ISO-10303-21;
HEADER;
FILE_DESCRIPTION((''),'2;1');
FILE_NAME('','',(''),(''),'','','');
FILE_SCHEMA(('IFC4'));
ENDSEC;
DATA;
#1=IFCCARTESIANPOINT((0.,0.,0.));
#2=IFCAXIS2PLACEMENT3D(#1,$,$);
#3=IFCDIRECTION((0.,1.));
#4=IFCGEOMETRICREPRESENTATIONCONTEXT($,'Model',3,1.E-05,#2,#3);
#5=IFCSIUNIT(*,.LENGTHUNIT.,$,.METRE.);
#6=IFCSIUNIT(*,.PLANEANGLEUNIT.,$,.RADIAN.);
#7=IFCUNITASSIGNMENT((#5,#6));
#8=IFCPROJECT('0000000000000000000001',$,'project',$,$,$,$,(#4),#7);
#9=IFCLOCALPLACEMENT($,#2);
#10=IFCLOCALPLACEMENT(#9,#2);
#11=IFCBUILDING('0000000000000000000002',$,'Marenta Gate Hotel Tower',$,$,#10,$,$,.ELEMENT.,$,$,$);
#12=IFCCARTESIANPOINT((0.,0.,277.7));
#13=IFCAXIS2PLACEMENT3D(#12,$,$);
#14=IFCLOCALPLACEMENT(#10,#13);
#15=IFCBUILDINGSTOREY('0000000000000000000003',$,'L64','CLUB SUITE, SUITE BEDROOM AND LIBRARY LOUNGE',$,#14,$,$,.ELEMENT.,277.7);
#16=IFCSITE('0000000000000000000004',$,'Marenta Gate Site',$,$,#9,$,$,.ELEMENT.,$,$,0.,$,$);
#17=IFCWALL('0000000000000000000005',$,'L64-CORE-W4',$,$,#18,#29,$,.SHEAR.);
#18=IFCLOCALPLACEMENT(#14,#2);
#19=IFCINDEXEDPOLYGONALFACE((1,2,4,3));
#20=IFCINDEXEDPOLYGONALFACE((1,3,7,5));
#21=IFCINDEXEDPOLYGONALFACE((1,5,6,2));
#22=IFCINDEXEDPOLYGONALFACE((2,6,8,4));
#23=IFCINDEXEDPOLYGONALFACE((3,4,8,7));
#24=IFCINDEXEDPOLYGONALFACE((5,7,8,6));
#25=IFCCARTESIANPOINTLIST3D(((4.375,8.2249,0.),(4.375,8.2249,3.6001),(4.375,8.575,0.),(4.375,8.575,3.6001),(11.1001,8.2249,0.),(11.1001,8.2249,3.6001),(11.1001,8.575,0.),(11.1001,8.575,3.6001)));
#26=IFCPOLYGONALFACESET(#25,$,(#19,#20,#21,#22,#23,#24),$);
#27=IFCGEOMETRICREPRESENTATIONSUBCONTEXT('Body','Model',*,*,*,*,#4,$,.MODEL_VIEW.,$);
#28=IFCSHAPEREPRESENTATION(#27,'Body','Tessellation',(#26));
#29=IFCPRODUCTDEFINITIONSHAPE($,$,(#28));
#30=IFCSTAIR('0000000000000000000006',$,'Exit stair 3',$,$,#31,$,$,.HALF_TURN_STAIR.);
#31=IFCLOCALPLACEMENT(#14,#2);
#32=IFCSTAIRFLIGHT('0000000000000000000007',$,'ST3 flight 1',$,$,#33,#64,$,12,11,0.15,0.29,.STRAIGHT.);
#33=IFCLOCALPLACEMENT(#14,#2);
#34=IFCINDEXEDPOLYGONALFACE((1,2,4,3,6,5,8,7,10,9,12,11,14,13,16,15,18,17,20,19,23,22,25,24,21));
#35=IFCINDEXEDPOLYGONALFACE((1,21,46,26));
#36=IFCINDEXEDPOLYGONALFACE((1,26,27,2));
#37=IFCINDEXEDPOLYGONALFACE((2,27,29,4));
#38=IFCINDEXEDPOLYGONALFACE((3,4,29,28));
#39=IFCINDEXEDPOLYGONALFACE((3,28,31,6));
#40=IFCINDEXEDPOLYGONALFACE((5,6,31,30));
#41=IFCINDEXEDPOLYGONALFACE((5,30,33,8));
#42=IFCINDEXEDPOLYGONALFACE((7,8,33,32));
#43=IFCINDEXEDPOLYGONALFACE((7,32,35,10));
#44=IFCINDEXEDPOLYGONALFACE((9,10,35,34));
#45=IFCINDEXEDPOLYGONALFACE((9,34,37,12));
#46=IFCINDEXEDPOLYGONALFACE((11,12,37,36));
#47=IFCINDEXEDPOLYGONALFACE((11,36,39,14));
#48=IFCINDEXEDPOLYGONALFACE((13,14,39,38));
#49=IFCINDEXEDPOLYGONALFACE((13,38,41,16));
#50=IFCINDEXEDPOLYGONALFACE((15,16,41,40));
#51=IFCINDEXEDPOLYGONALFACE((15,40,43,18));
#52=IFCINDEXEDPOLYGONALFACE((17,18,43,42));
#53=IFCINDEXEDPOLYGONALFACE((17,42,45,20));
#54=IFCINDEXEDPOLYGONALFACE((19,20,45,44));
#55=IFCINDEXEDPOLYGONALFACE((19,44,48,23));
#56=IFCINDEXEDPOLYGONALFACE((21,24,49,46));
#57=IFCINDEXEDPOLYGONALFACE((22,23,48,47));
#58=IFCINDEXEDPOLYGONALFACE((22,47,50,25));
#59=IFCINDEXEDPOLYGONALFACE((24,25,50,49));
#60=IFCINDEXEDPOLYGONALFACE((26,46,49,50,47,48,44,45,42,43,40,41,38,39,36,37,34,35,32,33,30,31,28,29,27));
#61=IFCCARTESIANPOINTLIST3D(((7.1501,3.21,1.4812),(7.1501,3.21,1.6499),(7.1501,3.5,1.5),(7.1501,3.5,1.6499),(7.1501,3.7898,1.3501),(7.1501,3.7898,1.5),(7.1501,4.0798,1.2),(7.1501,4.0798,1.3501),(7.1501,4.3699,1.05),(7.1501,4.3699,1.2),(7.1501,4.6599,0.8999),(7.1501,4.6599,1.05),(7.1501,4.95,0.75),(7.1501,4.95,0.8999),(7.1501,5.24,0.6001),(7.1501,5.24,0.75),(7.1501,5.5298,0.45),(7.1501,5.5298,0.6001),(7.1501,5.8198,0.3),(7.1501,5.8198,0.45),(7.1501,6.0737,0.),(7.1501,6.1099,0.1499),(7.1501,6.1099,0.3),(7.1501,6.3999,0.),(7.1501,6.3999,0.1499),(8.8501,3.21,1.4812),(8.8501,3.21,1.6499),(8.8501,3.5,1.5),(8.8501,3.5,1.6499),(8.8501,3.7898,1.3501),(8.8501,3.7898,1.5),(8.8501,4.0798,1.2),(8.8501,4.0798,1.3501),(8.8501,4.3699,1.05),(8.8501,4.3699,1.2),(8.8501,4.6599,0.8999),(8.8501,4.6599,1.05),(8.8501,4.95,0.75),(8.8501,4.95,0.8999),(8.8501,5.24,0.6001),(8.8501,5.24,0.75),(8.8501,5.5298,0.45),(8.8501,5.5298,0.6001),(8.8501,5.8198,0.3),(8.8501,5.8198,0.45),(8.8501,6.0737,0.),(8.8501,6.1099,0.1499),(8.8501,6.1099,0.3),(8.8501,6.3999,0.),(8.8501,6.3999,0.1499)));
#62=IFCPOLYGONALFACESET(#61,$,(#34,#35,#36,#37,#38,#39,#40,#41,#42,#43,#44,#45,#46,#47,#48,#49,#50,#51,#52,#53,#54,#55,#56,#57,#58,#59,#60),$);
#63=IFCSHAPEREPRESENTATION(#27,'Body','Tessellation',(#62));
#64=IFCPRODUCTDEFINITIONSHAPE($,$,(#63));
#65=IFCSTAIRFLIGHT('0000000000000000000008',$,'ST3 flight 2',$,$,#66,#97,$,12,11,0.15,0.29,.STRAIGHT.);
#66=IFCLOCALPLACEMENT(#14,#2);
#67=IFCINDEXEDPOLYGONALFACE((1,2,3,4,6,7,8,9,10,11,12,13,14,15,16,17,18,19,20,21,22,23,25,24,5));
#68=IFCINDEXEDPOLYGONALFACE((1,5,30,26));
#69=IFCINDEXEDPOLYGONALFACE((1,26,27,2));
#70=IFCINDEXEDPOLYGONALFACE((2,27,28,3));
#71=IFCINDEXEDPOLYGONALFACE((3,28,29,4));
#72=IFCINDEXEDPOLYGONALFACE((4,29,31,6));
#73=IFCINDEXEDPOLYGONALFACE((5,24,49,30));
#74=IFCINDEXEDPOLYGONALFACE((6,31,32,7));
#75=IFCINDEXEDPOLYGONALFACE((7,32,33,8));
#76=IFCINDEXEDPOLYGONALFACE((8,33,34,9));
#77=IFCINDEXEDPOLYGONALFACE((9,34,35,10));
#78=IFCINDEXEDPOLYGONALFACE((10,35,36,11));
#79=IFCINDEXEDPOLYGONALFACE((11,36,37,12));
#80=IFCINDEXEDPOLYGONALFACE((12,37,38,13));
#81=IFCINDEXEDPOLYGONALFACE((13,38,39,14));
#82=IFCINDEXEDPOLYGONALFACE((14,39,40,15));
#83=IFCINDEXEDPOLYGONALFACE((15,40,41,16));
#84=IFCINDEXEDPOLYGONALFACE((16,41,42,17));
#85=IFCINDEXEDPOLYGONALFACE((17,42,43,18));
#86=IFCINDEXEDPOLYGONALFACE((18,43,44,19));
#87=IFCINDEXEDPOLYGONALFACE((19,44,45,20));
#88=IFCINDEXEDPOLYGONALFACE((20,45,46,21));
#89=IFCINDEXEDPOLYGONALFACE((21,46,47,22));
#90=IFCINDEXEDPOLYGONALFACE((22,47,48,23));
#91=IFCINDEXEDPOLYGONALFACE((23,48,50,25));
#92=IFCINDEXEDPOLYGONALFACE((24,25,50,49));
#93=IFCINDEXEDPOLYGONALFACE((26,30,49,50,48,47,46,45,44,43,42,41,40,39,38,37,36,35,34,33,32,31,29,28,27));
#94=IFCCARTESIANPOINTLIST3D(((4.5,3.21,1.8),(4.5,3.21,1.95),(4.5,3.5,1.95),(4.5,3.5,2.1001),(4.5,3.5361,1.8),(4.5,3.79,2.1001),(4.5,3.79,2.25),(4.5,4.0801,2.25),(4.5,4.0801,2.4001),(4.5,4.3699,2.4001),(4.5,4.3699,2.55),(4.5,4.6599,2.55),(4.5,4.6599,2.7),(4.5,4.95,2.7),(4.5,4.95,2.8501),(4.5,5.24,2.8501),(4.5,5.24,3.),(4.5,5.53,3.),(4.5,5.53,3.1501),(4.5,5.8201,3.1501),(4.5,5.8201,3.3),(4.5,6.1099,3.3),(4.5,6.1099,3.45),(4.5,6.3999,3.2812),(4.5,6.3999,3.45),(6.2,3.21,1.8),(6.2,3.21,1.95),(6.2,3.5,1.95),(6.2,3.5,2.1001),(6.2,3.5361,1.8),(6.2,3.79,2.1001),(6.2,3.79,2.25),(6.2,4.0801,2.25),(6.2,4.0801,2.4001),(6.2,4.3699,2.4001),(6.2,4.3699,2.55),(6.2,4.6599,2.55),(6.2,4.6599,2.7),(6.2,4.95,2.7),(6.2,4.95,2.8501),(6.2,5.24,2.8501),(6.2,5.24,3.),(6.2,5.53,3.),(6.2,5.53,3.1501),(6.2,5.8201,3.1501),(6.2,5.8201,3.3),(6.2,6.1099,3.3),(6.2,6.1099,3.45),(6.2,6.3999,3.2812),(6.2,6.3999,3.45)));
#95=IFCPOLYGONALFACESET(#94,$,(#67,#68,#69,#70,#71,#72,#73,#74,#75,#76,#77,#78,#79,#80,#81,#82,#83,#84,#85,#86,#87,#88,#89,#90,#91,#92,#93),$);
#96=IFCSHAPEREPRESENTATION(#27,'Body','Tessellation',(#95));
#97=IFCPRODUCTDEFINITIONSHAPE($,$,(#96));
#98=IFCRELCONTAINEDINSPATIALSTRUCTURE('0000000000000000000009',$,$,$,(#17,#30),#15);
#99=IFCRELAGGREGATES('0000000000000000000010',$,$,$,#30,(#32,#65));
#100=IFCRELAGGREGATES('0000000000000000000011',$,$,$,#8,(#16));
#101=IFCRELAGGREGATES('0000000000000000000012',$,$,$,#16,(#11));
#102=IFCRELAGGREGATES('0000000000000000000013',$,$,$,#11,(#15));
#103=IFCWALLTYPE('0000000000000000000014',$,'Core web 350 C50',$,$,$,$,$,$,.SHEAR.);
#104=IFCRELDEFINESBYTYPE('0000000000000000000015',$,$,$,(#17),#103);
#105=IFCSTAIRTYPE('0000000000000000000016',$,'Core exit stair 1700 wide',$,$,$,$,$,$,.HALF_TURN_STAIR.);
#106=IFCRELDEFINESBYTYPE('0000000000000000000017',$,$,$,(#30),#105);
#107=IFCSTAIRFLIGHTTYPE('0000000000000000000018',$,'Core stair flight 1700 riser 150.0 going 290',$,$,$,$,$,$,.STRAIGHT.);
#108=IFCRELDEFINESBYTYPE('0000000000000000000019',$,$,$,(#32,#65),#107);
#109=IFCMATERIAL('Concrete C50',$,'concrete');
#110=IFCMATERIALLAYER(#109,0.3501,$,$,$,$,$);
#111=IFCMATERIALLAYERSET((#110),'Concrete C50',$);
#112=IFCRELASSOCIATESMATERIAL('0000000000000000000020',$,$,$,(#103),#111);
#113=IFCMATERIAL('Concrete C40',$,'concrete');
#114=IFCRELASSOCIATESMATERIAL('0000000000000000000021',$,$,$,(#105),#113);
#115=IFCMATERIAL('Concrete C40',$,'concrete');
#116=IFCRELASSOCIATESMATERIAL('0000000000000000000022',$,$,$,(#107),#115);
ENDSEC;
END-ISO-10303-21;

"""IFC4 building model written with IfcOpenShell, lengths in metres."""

from ifc_helpers import new_model, si_unit, direction, frame, frame_2d, origin, place, context, subcontext, project, spatial, polyline, rectangle, outline, extrude, material, layer, layer_set, type_object, element, aggregate, save


model = new_model("IFC4")

# Units and contexts
model_context = context("Model", 3, precision=1e-05, world=origin(), true_north=direction((0.0, 1.0)))
body_context = subcontext(model_context, "Body", "Model", "MODEL_VIEW")
ifc_project = project(units=[si_unit("LENGTHUNIT", "METRE"), si_unit("PLANEANGLEUNIT", "RADIAN")], contexts=[model_context])

# Site, building, storey
site_placement = place(None, origin())
site = spatial("IfcSite", under=ifc_project, at=site_placement, Name="Marenta Gate Site", CompositionType="ELEMENT", RefElevation=0.0)
building_placement = place(site_placement, origin())
building = spatial("IfcBuilding", under=site, at=building_placement, Name="Marenta Gate Hotel Tower", CompositionType="ELEMENT")
storey_placement = place(building_placement, frame((0.0, 0.0, 277.7)))
storey = spatial("IfcBuildingStorey", under=building, at=storey_placement, Name="L64", Description="CLUB SUITE, SUITE BEDROOM AND LIBRARY LOUNGE", CompositionType="ELEMENT", Elevation=277.7)

# Shared definitions
ifc_material_1 = material(Name="Concrete C50", Category="concrete")
ifc_layer_1 = layer(ifc_material_1, 0.3501)
ifc_layer_set_1 = layer_set([ifc_layer_1], Name="Concrete C50")
wall_type_1 = type_object("IfcWallType", Name="Core web 350 C50", PredefinedType="SHEAR", material=ifc_layer_set_1)

# Wall
wall_1_placement = place(storey_placement, frame((4.375, 8.3999, 0.0), z_axis=(0.0, 0.0, 1.0), x_axis=(1.0, 0.0, 0.0)))
element("IfcWall", 1, at=wall_1_placement, inside=storey, type_object=wall_type_1, Name="L64-CORE-W4", PredefinedType="SHEAR", context=body_context, shape_type="SweptSolid", body=[
    extrude(rectangle(XDim=6.7251, YDim=0.3501, at=frame_2d((3.3625, 0.0))), origin(), (0.0, 0.0, 1.0), 3.6001),
])

# Stair, stair flights
ifc_material_2 = material(Name="Concrete C40", Category="concrete")
stair_type = type_object("IfcStairType", Name="Core exit stair 1700 wide", PredefinedType="HALF_TURN_STAIR", material=ifc_material_2)
stair_placement = place(storey_placement, origin())
stair = element("IfcStair", 2, at=stair_placement, inside=storey, type_object=stair_type, Name="Exit stair 3", PredefinedType="HALF_TURN_STAIR")
ifc_material_3 = material(Name="Concrete C40", Category="concrete")
stair_flight_type = type_object("IfcStairFlightType", Name="Core stair flight 1700 riser 150.0 going 290", PredefinedType="STRAIGHT", material=ifc_material_3)
stair_flight_1_placement = place(storey_placement, frame((8.0, 6.3999, 0.0), z_axis=(0.0, 0.0, 1.0), x_axis=(0.0, -1.0, 0.0)))
stair_flight_1 = element("IfcStairFlight", 3, at=stair_flight_1_placement, type_object=stair_flight_type, Name="ST3 flight 1", NumberOfRisers=12, NumberOfTreads=11, PredefinedType="STRAIGHT", RiserHeight=0.15, TreadLength=0.29, context=body_context, shape_type="SweptSolid", body=[
    extrude(outline(polyline([(0.0, 0.0), (0.0, 0.1499), (0.29, 0.1499), (0.29, 0.3), (0.5801, 0.3), (0.5801, 0.45), (0.8701, 0.45), (0.8701, 0.6001), (1.1599, 0.6001), (1.1599, 0.75), (1.45, 0.75), (1.45, 0.8999), (1.74, 0.8999), (1.74, 1.05), (2.03, 1.05), (2.03, 1.2), (2.3201, 1.2), (2.3201, 1.3501), (2.6101, 1.3501), (2.6101, 1.5), (2.8999, 1.5), (2.8999, 1.6499), (3.1899, 1.6499), (3.1899, 1.8), (3.1899, 1.4812), (0.3262, 0.0), (0.0, 0.0)])), frame((0.0, 0.8501, 0.0), z_axis=(0.0, -1.0, 0.0), x_axis=(1.0, 0.0, 0.0)), (0.0, 0.0, 1.0), 1.7),
])
stair_flight_2_placement = place(storey_placement, frame((5.3501, 3.21, 1.8), z_axis=(0.0, 0.0, 1.0), x_axis=(0.0, 1.0, 0.0)))
stair_flight_2 = element("IfcStairFlight", 4, at=stair_flight_2_placement, type_object=stair_flight_type, Name="ST3 flight 2", NumberOfRisers=12, NumberOfTreads=11, PredefinedType="STRAIGHT", RiserHeight=0.15, TreadLength=0.29, context=body_context, shape_type="SweptSolid", body=[
    extrude(outline(polyline([(0.0, 0.0), (0.0, 0.1499), (0.29, 0.1499), (0.29, 0.3), (0.5801, 0.3), (0.5801, 0.45), (0.8701, 0.45), (0.8701, 0.6001), (1.1599, 0.6001), (1.1599, 0.75), (1.45, 0.75), (1.45, 0.8999), (1.74, 0.8999), (1.74, 1.05), (2.03, 1.05), (2.03, 1.2), (2.3201, 1.2), (2.3201, 1.3501), (2.6101, 1.3501), (2.6101, 1.5), (2.8999, 1.5), (2.8999, 1.6499), (3.1899, 1.6499), (3.1899, 1.8), (3.1899, 1.4812), (0.3262, 0.0), (0.0, 0.0)])), frame((0.0, 0.8501, 0.0), z_axis=(0.0, -1.0, 0.0), x_axis=(1.0, 0.0, 0.0)), (0.0, 0.0, 1.0), 1.7),
])
aggregate(stair, [stair_flight_1, stair_flight_2])

save(model, "model.ifc")
